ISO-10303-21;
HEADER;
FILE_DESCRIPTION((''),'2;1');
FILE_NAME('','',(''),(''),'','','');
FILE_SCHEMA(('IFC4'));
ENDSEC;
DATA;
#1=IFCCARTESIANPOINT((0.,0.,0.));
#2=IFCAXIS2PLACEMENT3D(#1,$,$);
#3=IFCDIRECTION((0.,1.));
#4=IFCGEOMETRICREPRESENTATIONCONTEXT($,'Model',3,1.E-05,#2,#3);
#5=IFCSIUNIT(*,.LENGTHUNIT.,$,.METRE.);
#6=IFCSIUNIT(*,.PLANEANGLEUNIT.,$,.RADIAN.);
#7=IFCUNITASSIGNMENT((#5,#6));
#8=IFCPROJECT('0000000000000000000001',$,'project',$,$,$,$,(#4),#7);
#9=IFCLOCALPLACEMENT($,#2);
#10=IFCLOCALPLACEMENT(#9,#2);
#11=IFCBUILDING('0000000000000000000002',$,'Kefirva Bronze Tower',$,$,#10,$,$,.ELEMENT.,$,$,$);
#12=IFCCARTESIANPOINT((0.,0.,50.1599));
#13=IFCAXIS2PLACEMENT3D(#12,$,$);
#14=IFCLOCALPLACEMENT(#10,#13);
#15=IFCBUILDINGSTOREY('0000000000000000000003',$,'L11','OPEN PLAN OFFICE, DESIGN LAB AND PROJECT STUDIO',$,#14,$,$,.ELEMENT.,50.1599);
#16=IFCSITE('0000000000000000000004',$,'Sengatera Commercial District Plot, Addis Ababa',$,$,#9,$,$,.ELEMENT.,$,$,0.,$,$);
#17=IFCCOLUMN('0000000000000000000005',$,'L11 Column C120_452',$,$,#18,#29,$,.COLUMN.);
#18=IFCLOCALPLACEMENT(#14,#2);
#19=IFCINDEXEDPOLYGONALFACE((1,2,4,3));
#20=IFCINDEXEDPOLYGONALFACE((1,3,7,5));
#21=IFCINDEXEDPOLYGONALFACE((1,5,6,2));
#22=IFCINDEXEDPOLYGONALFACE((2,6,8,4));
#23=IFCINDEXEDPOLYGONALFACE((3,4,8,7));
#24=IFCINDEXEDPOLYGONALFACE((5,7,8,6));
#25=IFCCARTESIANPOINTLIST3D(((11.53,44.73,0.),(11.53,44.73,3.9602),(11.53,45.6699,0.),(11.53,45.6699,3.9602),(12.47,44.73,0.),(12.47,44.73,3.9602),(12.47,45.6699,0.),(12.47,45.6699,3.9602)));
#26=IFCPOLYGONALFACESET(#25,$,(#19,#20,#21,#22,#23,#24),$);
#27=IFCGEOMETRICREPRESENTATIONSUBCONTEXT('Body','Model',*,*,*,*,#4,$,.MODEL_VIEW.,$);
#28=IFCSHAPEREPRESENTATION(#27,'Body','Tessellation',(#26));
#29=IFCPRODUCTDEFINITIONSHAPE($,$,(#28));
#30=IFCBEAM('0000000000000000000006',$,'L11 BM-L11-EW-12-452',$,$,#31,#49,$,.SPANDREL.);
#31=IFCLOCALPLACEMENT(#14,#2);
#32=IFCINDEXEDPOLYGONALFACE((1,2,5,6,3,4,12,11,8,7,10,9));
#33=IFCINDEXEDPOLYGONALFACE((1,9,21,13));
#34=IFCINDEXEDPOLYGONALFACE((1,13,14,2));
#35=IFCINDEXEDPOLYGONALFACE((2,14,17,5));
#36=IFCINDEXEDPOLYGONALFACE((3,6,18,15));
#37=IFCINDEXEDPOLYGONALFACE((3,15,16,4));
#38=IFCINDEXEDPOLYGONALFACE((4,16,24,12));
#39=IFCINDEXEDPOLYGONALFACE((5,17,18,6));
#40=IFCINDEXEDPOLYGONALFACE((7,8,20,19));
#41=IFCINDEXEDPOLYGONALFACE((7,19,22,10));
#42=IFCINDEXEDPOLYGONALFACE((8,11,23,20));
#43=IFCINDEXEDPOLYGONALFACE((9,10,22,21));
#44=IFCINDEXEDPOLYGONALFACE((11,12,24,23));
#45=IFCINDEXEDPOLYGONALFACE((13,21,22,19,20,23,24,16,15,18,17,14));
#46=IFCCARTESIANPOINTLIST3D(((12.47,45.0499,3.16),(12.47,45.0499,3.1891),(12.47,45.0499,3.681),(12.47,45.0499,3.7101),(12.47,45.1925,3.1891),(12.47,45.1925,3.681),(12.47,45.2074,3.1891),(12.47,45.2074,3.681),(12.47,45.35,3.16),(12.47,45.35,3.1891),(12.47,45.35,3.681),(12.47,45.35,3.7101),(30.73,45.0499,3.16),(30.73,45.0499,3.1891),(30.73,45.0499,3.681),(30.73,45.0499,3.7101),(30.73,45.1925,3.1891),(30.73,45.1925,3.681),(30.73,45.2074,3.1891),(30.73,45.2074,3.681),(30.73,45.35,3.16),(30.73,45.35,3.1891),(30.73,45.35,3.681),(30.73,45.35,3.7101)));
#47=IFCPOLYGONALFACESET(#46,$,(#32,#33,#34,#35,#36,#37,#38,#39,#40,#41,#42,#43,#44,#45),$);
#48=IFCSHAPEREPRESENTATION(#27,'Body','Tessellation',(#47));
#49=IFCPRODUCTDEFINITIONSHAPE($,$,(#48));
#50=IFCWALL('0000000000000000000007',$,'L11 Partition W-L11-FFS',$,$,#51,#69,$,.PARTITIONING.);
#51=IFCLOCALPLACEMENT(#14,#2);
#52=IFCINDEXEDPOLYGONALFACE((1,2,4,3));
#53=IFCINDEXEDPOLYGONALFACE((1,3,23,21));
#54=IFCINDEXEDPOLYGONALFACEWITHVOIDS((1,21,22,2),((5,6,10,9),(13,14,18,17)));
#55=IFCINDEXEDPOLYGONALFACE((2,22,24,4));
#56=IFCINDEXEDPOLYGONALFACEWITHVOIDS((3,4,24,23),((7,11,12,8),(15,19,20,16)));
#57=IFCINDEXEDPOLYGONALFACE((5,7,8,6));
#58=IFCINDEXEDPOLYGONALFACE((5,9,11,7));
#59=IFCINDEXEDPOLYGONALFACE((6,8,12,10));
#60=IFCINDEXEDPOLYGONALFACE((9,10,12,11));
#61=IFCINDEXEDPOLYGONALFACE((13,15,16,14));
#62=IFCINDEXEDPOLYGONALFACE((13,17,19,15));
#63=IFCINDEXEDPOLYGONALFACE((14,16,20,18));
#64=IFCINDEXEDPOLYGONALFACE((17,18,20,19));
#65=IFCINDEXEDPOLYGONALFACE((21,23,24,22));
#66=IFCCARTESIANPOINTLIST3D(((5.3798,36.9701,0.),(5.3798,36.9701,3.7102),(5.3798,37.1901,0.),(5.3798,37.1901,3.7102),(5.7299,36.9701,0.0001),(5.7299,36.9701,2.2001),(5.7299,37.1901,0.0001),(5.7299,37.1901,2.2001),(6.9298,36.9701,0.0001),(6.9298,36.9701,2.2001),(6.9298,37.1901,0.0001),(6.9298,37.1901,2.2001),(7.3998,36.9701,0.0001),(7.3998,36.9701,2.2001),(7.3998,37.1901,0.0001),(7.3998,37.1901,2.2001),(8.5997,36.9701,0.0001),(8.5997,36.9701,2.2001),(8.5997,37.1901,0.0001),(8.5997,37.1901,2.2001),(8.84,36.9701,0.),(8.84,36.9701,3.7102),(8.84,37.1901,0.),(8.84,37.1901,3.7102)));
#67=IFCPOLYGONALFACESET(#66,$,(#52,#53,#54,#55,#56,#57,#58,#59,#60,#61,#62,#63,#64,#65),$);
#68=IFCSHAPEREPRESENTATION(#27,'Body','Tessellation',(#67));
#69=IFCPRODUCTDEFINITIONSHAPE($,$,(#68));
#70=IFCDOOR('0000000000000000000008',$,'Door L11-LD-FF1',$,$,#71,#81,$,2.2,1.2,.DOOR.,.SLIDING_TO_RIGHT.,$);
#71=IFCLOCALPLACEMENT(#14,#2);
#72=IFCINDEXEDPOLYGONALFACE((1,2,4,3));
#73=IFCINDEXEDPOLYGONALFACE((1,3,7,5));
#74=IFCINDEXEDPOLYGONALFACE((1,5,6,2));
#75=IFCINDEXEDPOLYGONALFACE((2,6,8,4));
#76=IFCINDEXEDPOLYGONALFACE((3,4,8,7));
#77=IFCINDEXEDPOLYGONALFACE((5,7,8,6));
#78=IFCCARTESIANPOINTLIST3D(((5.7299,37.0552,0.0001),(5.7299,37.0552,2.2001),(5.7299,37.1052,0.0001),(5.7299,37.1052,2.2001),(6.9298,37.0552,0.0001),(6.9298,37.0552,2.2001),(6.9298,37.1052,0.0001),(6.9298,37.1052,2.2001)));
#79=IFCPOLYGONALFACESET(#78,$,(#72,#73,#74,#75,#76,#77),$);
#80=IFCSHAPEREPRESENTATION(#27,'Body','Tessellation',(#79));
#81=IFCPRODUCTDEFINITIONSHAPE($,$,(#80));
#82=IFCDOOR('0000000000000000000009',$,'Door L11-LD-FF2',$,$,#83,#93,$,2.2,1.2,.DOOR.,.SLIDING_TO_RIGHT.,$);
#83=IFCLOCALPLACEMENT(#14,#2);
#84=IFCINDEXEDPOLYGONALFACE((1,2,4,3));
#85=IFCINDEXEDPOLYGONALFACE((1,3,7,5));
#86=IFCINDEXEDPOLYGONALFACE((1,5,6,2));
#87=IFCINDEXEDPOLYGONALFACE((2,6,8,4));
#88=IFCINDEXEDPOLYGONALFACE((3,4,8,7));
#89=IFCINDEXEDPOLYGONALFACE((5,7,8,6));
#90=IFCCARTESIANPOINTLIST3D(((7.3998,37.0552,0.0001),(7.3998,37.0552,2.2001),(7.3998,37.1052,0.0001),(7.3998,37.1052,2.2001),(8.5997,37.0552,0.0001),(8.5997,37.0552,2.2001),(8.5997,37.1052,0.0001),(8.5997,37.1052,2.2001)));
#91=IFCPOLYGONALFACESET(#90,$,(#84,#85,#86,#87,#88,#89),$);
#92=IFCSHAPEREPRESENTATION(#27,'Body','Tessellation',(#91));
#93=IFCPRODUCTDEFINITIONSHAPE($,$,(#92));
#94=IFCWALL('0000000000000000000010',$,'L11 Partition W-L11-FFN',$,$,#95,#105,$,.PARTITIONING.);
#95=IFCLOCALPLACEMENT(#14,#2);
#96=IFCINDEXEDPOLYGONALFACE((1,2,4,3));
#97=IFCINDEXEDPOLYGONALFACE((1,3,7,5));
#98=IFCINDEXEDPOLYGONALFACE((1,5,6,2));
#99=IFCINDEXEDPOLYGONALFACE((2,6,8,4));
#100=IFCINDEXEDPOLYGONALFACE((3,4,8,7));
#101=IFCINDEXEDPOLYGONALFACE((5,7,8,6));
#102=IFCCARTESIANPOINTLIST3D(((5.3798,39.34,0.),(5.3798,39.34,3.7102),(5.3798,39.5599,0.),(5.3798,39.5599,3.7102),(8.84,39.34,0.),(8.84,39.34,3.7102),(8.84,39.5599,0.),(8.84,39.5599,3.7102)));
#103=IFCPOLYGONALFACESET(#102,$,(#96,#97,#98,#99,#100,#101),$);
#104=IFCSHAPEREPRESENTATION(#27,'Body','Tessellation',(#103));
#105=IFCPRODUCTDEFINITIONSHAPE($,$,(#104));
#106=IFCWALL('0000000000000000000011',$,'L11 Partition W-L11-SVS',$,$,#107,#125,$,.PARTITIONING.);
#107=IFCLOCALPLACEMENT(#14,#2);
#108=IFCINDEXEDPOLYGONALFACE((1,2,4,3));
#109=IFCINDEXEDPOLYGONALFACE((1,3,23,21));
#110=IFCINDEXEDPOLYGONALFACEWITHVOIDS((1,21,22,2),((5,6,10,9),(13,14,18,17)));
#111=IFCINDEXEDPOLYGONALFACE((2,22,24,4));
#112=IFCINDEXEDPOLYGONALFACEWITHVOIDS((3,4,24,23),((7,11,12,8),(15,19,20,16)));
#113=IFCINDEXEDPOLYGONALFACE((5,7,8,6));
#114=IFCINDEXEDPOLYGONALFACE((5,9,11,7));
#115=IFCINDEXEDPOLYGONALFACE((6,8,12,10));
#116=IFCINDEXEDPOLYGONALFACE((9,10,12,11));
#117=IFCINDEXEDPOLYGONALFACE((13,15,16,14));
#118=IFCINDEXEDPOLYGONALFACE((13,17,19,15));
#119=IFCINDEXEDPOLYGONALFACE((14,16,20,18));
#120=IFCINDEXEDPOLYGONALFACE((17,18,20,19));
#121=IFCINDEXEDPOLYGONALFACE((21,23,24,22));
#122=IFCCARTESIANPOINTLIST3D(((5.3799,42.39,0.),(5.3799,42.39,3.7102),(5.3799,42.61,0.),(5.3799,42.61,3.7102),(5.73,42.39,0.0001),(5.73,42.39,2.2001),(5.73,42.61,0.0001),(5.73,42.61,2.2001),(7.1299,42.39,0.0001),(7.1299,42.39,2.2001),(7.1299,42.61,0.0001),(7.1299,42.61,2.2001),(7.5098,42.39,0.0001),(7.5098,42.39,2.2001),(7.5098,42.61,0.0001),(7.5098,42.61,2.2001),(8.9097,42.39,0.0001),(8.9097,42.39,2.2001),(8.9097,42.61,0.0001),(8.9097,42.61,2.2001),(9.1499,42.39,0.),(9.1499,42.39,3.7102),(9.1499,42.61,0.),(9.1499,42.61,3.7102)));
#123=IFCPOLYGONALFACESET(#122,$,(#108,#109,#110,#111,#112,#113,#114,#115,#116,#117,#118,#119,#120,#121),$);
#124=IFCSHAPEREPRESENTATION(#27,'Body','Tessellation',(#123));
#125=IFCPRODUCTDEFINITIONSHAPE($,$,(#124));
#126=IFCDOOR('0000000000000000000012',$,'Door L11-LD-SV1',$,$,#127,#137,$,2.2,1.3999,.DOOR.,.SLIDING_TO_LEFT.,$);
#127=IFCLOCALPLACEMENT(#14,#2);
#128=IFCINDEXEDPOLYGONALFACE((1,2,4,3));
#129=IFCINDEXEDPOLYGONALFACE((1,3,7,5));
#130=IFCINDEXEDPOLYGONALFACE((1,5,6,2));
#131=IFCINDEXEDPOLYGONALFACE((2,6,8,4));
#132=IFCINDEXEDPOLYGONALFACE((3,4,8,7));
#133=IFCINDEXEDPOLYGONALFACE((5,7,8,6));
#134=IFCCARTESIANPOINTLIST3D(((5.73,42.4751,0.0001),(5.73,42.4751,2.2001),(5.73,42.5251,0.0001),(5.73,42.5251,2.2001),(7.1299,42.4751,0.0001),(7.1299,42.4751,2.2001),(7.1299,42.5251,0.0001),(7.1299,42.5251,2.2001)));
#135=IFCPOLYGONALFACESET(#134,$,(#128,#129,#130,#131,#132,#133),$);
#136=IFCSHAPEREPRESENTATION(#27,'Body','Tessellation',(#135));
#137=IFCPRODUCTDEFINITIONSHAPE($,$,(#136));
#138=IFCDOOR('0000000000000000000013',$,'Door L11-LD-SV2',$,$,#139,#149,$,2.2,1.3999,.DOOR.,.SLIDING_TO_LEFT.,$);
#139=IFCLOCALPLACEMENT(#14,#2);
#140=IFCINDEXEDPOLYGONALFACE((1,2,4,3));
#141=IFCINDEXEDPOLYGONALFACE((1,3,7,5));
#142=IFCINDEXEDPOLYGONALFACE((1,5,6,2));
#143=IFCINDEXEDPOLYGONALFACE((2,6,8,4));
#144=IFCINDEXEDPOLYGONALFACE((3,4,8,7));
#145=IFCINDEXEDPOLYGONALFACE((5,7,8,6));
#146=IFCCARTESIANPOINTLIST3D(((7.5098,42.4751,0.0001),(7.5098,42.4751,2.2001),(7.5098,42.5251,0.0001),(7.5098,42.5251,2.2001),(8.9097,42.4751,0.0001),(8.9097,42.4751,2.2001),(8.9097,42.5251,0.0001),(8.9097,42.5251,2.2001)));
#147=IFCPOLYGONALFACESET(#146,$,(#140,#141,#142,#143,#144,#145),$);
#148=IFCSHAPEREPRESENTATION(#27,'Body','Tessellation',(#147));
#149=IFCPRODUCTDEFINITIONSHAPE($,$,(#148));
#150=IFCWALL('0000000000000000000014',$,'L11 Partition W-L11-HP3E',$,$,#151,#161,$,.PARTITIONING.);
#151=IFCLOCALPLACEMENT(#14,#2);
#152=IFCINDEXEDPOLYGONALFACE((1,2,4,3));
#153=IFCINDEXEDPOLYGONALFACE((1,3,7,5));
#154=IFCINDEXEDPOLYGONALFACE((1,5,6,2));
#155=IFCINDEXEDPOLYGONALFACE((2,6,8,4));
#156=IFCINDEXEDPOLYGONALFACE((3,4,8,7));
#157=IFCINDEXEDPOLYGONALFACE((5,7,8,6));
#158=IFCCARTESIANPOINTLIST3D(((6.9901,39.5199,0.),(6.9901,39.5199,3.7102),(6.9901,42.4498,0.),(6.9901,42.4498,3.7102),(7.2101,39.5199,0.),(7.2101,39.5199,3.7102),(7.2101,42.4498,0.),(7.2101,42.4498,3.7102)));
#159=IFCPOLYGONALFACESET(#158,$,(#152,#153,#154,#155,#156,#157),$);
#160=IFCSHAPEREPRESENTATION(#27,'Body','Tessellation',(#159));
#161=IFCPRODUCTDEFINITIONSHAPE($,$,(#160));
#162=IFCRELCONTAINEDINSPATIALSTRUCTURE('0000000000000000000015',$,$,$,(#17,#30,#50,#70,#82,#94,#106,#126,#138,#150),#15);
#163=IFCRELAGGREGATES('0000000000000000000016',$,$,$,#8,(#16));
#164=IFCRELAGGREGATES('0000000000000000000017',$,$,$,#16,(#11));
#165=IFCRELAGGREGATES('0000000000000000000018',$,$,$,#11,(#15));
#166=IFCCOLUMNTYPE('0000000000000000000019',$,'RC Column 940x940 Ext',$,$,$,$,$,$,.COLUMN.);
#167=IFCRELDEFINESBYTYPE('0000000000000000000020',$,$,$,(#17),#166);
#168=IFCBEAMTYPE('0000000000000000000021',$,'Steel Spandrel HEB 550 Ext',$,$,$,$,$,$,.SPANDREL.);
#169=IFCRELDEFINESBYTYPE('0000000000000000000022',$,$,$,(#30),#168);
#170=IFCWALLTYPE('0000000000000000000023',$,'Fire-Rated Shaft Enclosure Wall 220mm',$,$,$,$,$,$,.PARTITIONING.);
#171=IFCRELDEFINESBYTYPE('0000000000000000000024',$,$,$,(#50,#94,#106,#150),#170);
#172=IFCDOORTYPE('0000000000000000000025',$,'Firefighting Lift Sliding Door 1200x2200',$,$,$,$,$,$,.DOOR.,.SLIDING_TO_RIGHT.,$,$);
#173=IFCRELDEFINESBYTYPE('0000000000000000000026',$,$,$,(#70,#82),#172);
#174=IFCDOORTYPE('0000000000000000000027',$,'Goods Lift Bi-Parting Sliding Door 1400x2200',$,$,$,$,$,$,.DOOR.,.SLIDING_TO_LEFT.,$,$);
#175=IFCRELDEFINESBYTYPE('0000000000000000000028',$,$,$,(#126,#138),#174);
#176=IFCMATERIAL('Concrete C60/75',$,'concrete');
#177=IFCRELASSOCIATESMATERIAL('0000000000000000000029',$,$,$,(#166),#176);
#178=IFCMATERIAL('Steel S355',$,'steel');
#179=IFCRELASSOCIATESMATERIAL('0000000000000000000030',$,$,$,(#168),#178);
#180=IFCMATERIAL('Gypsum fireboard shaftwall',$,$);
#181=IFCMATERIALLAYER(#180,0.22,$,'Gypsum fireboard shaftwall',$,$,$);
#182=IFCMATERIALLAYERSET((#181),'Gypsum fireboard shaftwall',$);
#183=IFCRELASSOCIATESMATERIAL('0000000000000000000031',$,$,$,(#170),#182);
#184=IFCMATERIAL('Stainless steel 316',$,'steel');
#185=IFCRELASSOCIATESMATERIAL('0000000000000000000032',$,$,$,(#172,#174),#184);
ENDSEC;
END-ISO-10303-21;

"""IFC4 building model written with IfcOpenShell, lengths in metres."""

from ifc_helpers import new_model, si_unit, direction, frame, frame_2d, origin, origin_2d, place, context, subcontext, project, spatial, rectangle, i_section, extrude, material, layer, layer_set, material_profile, profile_set, type_object, element, fill, save


model = new_model("IFC4")

# Units and contexts
model_context = context("Model", 3, precision=1e-05, world=origin(), true_north=direction((0.0, 1.0)))
body_context = subcontext(model_context, "Body", "Model", "MODEL_VIEW")
ifc_project = project(units=[si_unit("LENGTHUNIT", "METRE"), si_unit("PLANEANGLEUNIT", "RADIAN")], contexts=[model_context])

# Site, building, storey
site_placement = place(None, origin())
site = spatial("IfcSite", under=ifc_project, at=site_placement, Name="Sengatera Commercial District Plot, Addis Ababa", CompositionType="ELEMENT", RefElevation=0.0)
building_placement = place(site_placement, origin())
building = spatial("IfcBuilding", under=site, at=building_placement, Name="Kefirva Bronze Tower", CompositionType="ELEMENT")
storey_placement = place(building_placement, frame((0.0, 0.0, 50.1599)))
storey = spatial("IfcBuildingStorey", under=building, at=storey_placement, Name="L11", Description="OPEN PLAN OFFICE, DESIGN LAB AND PROJECT STUDIO", CompositionType="ELEMENT", Elevation=50.1599)

# Column
ifc_material_1 = material(Name="Concrete C60/75", Category="concrete")
ifc_material_profile_1 = material_profile(ifc_material_1, rectangle(XDim=0.9399, YDim=0.9399, at=origin_2d()), Name="RC 940x940")
ifc_profile_set_1 = profile_set([ifc_material_profile_1], Name="Concrete C60/75")
column_type = type_object("IfcColumnType", Name="RC Column 940x940 Ext", PredefinedType="COLUMN", material=ifc_profile_set_1)
column_placement = place(storey_placement, frame((12.0, 45.2, 0.0), z_axis=(0.0, 0.0, 1.0), x_axis=(1.0, 0.0, 0.0)))
element("IfcColumn", 1, at=column_placement, inside=storey, type_object=column_type, Name="L11 Column C120_452", PredefinedType="COLUMN", context=body_context, shape_type="SweptSolid", body=[
    extrude(rectangle(XDim=0.9399, YDim=0.9399, at=origin_2d()), origin(), (0.0, 0.0, 1.0), 3.9602),
])

# Beam
ifc_material_2 = material(Name="Steel S355", Category="steel")
ifc_material_profile_2 = material_profile(ifc_material_2, i_section(OverallWidth=0.3, OverallDepth=0.55, WebThickness=0.0149, FlangeThickness=0.0291, at=origin_2d()), Name="HEB 550")
ifc_profile_set_2 = profile_set([ifc_material_profile_2], Name="Steel S355")
beam_type = type_object("IfcBeamType", Name="Steel Spandrel HEB 550 Ext", PredefinedType="SPANDREL", material=ifc_profile_set_2)
beam_placement = place(storey_placement, frame((12.47, 45.2, 3.4351), z_axis=(1.0, 0.0, 0.0), x_axis=(0.0, 1.0, 0.0)))
element("IfcBeam", 2, at=beam_placement, inside=storey, type_object=beam_type, Name="L11 BM-L11-EW-12-452", PredefinedType="SPANDREL", context=body_context, shape_type="SweptSolid", body=[
    extrude(i_section(OverallWidth=0.3, OverallDepth=0.55, WebThickness=0.0149, FlangeThickness=0.0291, at=origin_2d()), origin(), (0.0, 0.0, 1.0), 18.26),
])

# Wall, openings, doors
ifc_material_3 = material(Name="Gypsum fireboard shaftwall")
ifc_layer_1 = layer(ifc_material_3, 0.22, Name="Gypsum fireboard shaftwall")
ifc_layer_set_1 = layer_set([ifc_layer_1], Name="Gypsum fireboard shaftwall")
wall_type_1 = type_object("IfcWallType", Name="Fire-Rated Shaft Enclosure Wall 220mm", PredefinedType="PARTITIONING", material=ifc_layer_set_1)
wall_1_placement = place(storey_placement, frame((5.3799, 37.0801, 0.0), z_axis=(0.0, 0.0, 1.0), x_axis=(1.0, 0.0, 0.0)))
wall_1 = element("IfcWall", 3, at=wall_1_placement, inside=storey, type_object=wall_type_1, Name="L11 Partition W-L11-FFS", PredefinedType="PARTITIONING", context=body_context, shape_type="SweptSolid", body=[
    extrude(rectangle(XDim=3.4602, YDim=0.22, at=frame_2d((1.73, 0.0))), origin(), (0.0, 0.0, 1.0), 3.7102),
])
opening_1_placement = place(wall_1_placement, frame((1.55, 0.0, 0.0), z_axis=(0.0, 0.0, 1.0), x_axis=(-1.0, 0.0, 0.0)))
opening_1 = element("IfcOpeningElement", 4, at=opening_1_placement, cuts=wall_1, PredefinedType="OPENING", context=body_context, shape_type="SweptSolid", body=[
    extrude(rectangle(XDim=1.2, YDim=2.2, at=frame_2d((0.6001, 1.1001))), frame((0.0, 0.1201, 0.0), z_axis=(0.0, -1.0, 0.0), x_axis=(1.0, 0.0, 0.0)), (0.0, 0.0, 1.0), 0.24),
])
opening_2_placement = place(wall_1_placement, frame((3.22, 0.0, 0.0), z_axis=(0.0, 0.0, 1.0), x_axis=(-1.0, 0.0, 0.0)))
opening_2 = element("IfcOpeningElement", 5, at=opening_2_placement, cuts=wall_1, PredefinedType="OPENING", context=body_context, shape_type="SweptSolid", body=[
    extrude(rectangle(XDim=1.2, YDim=2.2, at=frame_2d((0.6001, 1.1001))), frame((0.0, 0.1201, 0.0), z_axis=(0.0, -1.0, 0.0), x_axis=(1.0, 0.0, 0.0)), (0.0, 0.0, 1.0), 0.24),
])
ifc_material_4 = material(Name="Stainless steel 316", Category="steel")
door_type_1 = type_object("IfcDoorType", Name="Firefighting Lift Sliding Door 1200x2200", OperationType="SLIDING_TO_RIGHT", PredefinedType="DOOR", material=ifc_material_4)
door_1_placement = place(opening_1_placement, origin())
door_1 = element("IfcDoor", 6, at=door_1_placement, inside=storey, type_object=door_type_1, Name="Door L11-LD-FF1", OperationType="SLIDING_TO_RIGHT", OverallHeight=2.2, OverallWidth=1.2, PredefinedType="DOOR", context=body_context, shape_type="SweptSolid", body=[
    extrude(rectangle(XDim=1.2, YDim=2.2, at=frame_2d((0.6001, 1.1001))), frame((0.0, 0.0249, 0.0), z_axis=(0.0, -1.0, 0.0), x_axis=(1.0, 0.0, 0.0)), (0.0, 0.0, 1.0), 0.05),
])
fill(opening_1, door_1)
door_2_placement = place(opening_2_placement, origin())
door_2 = element("IfcDoor", 7, at=door_2_placement, inside=storey, type_object=door_type_1, Name="Door L11-LD-FF2", OperationType="SLIDING_TO_RIGHT", OverallHeight=2.2, OverallWidth=1.2, PredefinedType="DOOR", context=body_context, shape_type="SweptSolid", body=[
    extrude(rectangle(XDim=1.2, YDim=2.2, at=frame_2d((0.6001, 1.1001))), frame((0.0, 0.0249, 0.0), z_axis=(0.0, -1.0, 0.0), x_axis=(1.0, 0.0, 0.0)), (0.0, 0.0, 1.0), 0.05),
])
fill(opening_2, door_2)

# Wall
wall_2_placement = place(storey_placement, frame((5.3799, 39.45, 0.0), z_axis=(0.0, 0.0, 1.0), x_axis=(1.0, 0.0, 0.0)))
element("IfcWall", 8, at=wall_2_placement, inside=storey, type_object=wall_type_1, Name="L11 Partition W-L11-FFN", PredefinedType="PARTITIONING", context=body_context, shape_type="SweptSolid", body=[
    extrude(rectangle(XDim=3.4602, YDim=0.22, at=frame_2d((1.73, 0.0))), origin(), (0.0, 0.0, 1.0), 3.7102),
])

# Wall, openings, doors
wall_3_placement = place(storey_placement, frame((5.3799, 42.5, 0.0), z_axis=(0.0, 0.0, 1.0), x_axis=(1.0, 0.0, 0.0)))
wall_3 = element("IfcWall", 9, at=wall_3_placement, inside=storey, type_object=wall_type_1, Name="L11 Partition W-L11-SVS", PredefinedType="PARTITIONING", context=body_context, shape_type="SweptSolid", body=[
    extrude(rectangle(XDim=3.77, YDim=0.22, at=frame_2d((1.885, 0.0))), origin(), (0.0, 0.0, 1.0), 3.7102),
])
opening_3_placement = place(wall_3_placement, frame((1.75, 0.0, 0.0), z_axis=(0.0, 0.0, 1.0), x_axis=(-1.0, 0.0, 0.0)))
opening_3 = element("IfcOpeningElement", 10, at=opening_3_placement, cuts=wall_3, PredefinedType="OPENING", context=body_context, shape_type="SweptSolid", body=[
    extrude(rectangle(XDim=1.3999, YDim=2.2, at=frame_2d((0.7, 1.1001))), frame((0.0, 0.1201, 0.0), z_axis=(0.0, -1.0, 0.0), x_axis=(1.0, 0.0, 0.0)), (0.0, 0.0, 1.0), 0.24),
])
opening_4_placement = place(wall_3_placement, frame((3.5298, 0.0, 0.0), z_axis=(0.0, 0.0, 1.0), x_axis=(-1.0, 0.0, 0.0)))
opening_4 = element("IfcOpeningElement", 11, at=opening_4_placement, cuts=wall_3, PredefinedType="OPENING", context=body_context, shape_type="SweptSolid", body=[
    extrude(rectangle(XDim=1.3999, YDim=2.2, at=frame_2d((0.7, 1.1001))), frame((0.0, 0.1201, 0.0), z_axis=(0.0, -1.0, 0.0), x_axis=(1.0, 0.0, 0.0)), (0.0, 0.0, 1.0), 0.24),
])
door_type_2 = type_object("IfcDoorType", Name="Goods Lift Bi-Parting Sliding Door 1400x2200", OperationType="SLIDING_TO_LEFT", PredefinedType="DOOR", material=ifc_material_4)
door_3_placement = place(opening_3_placement, origin())
door_3 = element("IfcDoor", 12, at=door_3_placement, inside=storey, type_object=door_type_2, Name="Door L11-LD-SV1", OperationType="SLIDING_TO_LEFT", OverallHeight=2.2, OverallWidth=1.3999, PredefinedType="DOOR", context=body_context, shape_type="SweptSolid", body=[
    extrude(rectangle(XDim=1.3999, YDim=2.2, at=frame_2d((0.7, 1.1001))), frame((0.0, 0.0249, 0.0), z_axis=(0.0, -1.0, 0.0), x_axis=(1.0, 0.0, 0.0)), (0.0, 0.0, 1.0), 0.05),
])
fill(opening_3, door_3)
door_4_placement = place(opening_4_placement, origin())
door_4 = element("IfcDoor", 13, at=door_4_placement, inside=storey, type_object=door_type_2, Name="Door L11-LD-SV2", OperationType="SLIDING_TO_LEFT", OverallHeight=2.2, OverallWidth=1.3999, PredefinedType="DOOR", context=body_context, shape_type="SweptSolid", body=[
    extrude(rectangle(XDim=1.3999, YDim=2.2, at=frame_2d((0.7, 1.1001))), frame((0.0, 0.0249, 0.0), z_axis=(0.0, -1.0, 0.0), x_axis=(1.0, 0.0, 0.0)), (0.0, 0.0, 1.0), 0.05),
])
fill(opening_4, door_4)

# Wall
wall_4_placement = place(storey_placement, frame((7.1001, 39.52, 0.0), z_axis=(0.0, 0.0, 1.0), x_axis=(0.0, 1.0, 0.0)))
element("IfcWall", 14, at=wall_4_placement, inside=storey, type_object=wall_type_1, Name="L11 Partition W-L11-HP3E", PredefinedType="PARTITIONING", context=body_context, shape_type="SweptSolid", body=[
    extrude(rectangle(XDim=2.9299, YDim=0.22, at=frame_2d((1.4648, 0.0))), origin(), (0.0, 0.0, 1.0), 3.7102),
])

save(model, "model.ifc")
